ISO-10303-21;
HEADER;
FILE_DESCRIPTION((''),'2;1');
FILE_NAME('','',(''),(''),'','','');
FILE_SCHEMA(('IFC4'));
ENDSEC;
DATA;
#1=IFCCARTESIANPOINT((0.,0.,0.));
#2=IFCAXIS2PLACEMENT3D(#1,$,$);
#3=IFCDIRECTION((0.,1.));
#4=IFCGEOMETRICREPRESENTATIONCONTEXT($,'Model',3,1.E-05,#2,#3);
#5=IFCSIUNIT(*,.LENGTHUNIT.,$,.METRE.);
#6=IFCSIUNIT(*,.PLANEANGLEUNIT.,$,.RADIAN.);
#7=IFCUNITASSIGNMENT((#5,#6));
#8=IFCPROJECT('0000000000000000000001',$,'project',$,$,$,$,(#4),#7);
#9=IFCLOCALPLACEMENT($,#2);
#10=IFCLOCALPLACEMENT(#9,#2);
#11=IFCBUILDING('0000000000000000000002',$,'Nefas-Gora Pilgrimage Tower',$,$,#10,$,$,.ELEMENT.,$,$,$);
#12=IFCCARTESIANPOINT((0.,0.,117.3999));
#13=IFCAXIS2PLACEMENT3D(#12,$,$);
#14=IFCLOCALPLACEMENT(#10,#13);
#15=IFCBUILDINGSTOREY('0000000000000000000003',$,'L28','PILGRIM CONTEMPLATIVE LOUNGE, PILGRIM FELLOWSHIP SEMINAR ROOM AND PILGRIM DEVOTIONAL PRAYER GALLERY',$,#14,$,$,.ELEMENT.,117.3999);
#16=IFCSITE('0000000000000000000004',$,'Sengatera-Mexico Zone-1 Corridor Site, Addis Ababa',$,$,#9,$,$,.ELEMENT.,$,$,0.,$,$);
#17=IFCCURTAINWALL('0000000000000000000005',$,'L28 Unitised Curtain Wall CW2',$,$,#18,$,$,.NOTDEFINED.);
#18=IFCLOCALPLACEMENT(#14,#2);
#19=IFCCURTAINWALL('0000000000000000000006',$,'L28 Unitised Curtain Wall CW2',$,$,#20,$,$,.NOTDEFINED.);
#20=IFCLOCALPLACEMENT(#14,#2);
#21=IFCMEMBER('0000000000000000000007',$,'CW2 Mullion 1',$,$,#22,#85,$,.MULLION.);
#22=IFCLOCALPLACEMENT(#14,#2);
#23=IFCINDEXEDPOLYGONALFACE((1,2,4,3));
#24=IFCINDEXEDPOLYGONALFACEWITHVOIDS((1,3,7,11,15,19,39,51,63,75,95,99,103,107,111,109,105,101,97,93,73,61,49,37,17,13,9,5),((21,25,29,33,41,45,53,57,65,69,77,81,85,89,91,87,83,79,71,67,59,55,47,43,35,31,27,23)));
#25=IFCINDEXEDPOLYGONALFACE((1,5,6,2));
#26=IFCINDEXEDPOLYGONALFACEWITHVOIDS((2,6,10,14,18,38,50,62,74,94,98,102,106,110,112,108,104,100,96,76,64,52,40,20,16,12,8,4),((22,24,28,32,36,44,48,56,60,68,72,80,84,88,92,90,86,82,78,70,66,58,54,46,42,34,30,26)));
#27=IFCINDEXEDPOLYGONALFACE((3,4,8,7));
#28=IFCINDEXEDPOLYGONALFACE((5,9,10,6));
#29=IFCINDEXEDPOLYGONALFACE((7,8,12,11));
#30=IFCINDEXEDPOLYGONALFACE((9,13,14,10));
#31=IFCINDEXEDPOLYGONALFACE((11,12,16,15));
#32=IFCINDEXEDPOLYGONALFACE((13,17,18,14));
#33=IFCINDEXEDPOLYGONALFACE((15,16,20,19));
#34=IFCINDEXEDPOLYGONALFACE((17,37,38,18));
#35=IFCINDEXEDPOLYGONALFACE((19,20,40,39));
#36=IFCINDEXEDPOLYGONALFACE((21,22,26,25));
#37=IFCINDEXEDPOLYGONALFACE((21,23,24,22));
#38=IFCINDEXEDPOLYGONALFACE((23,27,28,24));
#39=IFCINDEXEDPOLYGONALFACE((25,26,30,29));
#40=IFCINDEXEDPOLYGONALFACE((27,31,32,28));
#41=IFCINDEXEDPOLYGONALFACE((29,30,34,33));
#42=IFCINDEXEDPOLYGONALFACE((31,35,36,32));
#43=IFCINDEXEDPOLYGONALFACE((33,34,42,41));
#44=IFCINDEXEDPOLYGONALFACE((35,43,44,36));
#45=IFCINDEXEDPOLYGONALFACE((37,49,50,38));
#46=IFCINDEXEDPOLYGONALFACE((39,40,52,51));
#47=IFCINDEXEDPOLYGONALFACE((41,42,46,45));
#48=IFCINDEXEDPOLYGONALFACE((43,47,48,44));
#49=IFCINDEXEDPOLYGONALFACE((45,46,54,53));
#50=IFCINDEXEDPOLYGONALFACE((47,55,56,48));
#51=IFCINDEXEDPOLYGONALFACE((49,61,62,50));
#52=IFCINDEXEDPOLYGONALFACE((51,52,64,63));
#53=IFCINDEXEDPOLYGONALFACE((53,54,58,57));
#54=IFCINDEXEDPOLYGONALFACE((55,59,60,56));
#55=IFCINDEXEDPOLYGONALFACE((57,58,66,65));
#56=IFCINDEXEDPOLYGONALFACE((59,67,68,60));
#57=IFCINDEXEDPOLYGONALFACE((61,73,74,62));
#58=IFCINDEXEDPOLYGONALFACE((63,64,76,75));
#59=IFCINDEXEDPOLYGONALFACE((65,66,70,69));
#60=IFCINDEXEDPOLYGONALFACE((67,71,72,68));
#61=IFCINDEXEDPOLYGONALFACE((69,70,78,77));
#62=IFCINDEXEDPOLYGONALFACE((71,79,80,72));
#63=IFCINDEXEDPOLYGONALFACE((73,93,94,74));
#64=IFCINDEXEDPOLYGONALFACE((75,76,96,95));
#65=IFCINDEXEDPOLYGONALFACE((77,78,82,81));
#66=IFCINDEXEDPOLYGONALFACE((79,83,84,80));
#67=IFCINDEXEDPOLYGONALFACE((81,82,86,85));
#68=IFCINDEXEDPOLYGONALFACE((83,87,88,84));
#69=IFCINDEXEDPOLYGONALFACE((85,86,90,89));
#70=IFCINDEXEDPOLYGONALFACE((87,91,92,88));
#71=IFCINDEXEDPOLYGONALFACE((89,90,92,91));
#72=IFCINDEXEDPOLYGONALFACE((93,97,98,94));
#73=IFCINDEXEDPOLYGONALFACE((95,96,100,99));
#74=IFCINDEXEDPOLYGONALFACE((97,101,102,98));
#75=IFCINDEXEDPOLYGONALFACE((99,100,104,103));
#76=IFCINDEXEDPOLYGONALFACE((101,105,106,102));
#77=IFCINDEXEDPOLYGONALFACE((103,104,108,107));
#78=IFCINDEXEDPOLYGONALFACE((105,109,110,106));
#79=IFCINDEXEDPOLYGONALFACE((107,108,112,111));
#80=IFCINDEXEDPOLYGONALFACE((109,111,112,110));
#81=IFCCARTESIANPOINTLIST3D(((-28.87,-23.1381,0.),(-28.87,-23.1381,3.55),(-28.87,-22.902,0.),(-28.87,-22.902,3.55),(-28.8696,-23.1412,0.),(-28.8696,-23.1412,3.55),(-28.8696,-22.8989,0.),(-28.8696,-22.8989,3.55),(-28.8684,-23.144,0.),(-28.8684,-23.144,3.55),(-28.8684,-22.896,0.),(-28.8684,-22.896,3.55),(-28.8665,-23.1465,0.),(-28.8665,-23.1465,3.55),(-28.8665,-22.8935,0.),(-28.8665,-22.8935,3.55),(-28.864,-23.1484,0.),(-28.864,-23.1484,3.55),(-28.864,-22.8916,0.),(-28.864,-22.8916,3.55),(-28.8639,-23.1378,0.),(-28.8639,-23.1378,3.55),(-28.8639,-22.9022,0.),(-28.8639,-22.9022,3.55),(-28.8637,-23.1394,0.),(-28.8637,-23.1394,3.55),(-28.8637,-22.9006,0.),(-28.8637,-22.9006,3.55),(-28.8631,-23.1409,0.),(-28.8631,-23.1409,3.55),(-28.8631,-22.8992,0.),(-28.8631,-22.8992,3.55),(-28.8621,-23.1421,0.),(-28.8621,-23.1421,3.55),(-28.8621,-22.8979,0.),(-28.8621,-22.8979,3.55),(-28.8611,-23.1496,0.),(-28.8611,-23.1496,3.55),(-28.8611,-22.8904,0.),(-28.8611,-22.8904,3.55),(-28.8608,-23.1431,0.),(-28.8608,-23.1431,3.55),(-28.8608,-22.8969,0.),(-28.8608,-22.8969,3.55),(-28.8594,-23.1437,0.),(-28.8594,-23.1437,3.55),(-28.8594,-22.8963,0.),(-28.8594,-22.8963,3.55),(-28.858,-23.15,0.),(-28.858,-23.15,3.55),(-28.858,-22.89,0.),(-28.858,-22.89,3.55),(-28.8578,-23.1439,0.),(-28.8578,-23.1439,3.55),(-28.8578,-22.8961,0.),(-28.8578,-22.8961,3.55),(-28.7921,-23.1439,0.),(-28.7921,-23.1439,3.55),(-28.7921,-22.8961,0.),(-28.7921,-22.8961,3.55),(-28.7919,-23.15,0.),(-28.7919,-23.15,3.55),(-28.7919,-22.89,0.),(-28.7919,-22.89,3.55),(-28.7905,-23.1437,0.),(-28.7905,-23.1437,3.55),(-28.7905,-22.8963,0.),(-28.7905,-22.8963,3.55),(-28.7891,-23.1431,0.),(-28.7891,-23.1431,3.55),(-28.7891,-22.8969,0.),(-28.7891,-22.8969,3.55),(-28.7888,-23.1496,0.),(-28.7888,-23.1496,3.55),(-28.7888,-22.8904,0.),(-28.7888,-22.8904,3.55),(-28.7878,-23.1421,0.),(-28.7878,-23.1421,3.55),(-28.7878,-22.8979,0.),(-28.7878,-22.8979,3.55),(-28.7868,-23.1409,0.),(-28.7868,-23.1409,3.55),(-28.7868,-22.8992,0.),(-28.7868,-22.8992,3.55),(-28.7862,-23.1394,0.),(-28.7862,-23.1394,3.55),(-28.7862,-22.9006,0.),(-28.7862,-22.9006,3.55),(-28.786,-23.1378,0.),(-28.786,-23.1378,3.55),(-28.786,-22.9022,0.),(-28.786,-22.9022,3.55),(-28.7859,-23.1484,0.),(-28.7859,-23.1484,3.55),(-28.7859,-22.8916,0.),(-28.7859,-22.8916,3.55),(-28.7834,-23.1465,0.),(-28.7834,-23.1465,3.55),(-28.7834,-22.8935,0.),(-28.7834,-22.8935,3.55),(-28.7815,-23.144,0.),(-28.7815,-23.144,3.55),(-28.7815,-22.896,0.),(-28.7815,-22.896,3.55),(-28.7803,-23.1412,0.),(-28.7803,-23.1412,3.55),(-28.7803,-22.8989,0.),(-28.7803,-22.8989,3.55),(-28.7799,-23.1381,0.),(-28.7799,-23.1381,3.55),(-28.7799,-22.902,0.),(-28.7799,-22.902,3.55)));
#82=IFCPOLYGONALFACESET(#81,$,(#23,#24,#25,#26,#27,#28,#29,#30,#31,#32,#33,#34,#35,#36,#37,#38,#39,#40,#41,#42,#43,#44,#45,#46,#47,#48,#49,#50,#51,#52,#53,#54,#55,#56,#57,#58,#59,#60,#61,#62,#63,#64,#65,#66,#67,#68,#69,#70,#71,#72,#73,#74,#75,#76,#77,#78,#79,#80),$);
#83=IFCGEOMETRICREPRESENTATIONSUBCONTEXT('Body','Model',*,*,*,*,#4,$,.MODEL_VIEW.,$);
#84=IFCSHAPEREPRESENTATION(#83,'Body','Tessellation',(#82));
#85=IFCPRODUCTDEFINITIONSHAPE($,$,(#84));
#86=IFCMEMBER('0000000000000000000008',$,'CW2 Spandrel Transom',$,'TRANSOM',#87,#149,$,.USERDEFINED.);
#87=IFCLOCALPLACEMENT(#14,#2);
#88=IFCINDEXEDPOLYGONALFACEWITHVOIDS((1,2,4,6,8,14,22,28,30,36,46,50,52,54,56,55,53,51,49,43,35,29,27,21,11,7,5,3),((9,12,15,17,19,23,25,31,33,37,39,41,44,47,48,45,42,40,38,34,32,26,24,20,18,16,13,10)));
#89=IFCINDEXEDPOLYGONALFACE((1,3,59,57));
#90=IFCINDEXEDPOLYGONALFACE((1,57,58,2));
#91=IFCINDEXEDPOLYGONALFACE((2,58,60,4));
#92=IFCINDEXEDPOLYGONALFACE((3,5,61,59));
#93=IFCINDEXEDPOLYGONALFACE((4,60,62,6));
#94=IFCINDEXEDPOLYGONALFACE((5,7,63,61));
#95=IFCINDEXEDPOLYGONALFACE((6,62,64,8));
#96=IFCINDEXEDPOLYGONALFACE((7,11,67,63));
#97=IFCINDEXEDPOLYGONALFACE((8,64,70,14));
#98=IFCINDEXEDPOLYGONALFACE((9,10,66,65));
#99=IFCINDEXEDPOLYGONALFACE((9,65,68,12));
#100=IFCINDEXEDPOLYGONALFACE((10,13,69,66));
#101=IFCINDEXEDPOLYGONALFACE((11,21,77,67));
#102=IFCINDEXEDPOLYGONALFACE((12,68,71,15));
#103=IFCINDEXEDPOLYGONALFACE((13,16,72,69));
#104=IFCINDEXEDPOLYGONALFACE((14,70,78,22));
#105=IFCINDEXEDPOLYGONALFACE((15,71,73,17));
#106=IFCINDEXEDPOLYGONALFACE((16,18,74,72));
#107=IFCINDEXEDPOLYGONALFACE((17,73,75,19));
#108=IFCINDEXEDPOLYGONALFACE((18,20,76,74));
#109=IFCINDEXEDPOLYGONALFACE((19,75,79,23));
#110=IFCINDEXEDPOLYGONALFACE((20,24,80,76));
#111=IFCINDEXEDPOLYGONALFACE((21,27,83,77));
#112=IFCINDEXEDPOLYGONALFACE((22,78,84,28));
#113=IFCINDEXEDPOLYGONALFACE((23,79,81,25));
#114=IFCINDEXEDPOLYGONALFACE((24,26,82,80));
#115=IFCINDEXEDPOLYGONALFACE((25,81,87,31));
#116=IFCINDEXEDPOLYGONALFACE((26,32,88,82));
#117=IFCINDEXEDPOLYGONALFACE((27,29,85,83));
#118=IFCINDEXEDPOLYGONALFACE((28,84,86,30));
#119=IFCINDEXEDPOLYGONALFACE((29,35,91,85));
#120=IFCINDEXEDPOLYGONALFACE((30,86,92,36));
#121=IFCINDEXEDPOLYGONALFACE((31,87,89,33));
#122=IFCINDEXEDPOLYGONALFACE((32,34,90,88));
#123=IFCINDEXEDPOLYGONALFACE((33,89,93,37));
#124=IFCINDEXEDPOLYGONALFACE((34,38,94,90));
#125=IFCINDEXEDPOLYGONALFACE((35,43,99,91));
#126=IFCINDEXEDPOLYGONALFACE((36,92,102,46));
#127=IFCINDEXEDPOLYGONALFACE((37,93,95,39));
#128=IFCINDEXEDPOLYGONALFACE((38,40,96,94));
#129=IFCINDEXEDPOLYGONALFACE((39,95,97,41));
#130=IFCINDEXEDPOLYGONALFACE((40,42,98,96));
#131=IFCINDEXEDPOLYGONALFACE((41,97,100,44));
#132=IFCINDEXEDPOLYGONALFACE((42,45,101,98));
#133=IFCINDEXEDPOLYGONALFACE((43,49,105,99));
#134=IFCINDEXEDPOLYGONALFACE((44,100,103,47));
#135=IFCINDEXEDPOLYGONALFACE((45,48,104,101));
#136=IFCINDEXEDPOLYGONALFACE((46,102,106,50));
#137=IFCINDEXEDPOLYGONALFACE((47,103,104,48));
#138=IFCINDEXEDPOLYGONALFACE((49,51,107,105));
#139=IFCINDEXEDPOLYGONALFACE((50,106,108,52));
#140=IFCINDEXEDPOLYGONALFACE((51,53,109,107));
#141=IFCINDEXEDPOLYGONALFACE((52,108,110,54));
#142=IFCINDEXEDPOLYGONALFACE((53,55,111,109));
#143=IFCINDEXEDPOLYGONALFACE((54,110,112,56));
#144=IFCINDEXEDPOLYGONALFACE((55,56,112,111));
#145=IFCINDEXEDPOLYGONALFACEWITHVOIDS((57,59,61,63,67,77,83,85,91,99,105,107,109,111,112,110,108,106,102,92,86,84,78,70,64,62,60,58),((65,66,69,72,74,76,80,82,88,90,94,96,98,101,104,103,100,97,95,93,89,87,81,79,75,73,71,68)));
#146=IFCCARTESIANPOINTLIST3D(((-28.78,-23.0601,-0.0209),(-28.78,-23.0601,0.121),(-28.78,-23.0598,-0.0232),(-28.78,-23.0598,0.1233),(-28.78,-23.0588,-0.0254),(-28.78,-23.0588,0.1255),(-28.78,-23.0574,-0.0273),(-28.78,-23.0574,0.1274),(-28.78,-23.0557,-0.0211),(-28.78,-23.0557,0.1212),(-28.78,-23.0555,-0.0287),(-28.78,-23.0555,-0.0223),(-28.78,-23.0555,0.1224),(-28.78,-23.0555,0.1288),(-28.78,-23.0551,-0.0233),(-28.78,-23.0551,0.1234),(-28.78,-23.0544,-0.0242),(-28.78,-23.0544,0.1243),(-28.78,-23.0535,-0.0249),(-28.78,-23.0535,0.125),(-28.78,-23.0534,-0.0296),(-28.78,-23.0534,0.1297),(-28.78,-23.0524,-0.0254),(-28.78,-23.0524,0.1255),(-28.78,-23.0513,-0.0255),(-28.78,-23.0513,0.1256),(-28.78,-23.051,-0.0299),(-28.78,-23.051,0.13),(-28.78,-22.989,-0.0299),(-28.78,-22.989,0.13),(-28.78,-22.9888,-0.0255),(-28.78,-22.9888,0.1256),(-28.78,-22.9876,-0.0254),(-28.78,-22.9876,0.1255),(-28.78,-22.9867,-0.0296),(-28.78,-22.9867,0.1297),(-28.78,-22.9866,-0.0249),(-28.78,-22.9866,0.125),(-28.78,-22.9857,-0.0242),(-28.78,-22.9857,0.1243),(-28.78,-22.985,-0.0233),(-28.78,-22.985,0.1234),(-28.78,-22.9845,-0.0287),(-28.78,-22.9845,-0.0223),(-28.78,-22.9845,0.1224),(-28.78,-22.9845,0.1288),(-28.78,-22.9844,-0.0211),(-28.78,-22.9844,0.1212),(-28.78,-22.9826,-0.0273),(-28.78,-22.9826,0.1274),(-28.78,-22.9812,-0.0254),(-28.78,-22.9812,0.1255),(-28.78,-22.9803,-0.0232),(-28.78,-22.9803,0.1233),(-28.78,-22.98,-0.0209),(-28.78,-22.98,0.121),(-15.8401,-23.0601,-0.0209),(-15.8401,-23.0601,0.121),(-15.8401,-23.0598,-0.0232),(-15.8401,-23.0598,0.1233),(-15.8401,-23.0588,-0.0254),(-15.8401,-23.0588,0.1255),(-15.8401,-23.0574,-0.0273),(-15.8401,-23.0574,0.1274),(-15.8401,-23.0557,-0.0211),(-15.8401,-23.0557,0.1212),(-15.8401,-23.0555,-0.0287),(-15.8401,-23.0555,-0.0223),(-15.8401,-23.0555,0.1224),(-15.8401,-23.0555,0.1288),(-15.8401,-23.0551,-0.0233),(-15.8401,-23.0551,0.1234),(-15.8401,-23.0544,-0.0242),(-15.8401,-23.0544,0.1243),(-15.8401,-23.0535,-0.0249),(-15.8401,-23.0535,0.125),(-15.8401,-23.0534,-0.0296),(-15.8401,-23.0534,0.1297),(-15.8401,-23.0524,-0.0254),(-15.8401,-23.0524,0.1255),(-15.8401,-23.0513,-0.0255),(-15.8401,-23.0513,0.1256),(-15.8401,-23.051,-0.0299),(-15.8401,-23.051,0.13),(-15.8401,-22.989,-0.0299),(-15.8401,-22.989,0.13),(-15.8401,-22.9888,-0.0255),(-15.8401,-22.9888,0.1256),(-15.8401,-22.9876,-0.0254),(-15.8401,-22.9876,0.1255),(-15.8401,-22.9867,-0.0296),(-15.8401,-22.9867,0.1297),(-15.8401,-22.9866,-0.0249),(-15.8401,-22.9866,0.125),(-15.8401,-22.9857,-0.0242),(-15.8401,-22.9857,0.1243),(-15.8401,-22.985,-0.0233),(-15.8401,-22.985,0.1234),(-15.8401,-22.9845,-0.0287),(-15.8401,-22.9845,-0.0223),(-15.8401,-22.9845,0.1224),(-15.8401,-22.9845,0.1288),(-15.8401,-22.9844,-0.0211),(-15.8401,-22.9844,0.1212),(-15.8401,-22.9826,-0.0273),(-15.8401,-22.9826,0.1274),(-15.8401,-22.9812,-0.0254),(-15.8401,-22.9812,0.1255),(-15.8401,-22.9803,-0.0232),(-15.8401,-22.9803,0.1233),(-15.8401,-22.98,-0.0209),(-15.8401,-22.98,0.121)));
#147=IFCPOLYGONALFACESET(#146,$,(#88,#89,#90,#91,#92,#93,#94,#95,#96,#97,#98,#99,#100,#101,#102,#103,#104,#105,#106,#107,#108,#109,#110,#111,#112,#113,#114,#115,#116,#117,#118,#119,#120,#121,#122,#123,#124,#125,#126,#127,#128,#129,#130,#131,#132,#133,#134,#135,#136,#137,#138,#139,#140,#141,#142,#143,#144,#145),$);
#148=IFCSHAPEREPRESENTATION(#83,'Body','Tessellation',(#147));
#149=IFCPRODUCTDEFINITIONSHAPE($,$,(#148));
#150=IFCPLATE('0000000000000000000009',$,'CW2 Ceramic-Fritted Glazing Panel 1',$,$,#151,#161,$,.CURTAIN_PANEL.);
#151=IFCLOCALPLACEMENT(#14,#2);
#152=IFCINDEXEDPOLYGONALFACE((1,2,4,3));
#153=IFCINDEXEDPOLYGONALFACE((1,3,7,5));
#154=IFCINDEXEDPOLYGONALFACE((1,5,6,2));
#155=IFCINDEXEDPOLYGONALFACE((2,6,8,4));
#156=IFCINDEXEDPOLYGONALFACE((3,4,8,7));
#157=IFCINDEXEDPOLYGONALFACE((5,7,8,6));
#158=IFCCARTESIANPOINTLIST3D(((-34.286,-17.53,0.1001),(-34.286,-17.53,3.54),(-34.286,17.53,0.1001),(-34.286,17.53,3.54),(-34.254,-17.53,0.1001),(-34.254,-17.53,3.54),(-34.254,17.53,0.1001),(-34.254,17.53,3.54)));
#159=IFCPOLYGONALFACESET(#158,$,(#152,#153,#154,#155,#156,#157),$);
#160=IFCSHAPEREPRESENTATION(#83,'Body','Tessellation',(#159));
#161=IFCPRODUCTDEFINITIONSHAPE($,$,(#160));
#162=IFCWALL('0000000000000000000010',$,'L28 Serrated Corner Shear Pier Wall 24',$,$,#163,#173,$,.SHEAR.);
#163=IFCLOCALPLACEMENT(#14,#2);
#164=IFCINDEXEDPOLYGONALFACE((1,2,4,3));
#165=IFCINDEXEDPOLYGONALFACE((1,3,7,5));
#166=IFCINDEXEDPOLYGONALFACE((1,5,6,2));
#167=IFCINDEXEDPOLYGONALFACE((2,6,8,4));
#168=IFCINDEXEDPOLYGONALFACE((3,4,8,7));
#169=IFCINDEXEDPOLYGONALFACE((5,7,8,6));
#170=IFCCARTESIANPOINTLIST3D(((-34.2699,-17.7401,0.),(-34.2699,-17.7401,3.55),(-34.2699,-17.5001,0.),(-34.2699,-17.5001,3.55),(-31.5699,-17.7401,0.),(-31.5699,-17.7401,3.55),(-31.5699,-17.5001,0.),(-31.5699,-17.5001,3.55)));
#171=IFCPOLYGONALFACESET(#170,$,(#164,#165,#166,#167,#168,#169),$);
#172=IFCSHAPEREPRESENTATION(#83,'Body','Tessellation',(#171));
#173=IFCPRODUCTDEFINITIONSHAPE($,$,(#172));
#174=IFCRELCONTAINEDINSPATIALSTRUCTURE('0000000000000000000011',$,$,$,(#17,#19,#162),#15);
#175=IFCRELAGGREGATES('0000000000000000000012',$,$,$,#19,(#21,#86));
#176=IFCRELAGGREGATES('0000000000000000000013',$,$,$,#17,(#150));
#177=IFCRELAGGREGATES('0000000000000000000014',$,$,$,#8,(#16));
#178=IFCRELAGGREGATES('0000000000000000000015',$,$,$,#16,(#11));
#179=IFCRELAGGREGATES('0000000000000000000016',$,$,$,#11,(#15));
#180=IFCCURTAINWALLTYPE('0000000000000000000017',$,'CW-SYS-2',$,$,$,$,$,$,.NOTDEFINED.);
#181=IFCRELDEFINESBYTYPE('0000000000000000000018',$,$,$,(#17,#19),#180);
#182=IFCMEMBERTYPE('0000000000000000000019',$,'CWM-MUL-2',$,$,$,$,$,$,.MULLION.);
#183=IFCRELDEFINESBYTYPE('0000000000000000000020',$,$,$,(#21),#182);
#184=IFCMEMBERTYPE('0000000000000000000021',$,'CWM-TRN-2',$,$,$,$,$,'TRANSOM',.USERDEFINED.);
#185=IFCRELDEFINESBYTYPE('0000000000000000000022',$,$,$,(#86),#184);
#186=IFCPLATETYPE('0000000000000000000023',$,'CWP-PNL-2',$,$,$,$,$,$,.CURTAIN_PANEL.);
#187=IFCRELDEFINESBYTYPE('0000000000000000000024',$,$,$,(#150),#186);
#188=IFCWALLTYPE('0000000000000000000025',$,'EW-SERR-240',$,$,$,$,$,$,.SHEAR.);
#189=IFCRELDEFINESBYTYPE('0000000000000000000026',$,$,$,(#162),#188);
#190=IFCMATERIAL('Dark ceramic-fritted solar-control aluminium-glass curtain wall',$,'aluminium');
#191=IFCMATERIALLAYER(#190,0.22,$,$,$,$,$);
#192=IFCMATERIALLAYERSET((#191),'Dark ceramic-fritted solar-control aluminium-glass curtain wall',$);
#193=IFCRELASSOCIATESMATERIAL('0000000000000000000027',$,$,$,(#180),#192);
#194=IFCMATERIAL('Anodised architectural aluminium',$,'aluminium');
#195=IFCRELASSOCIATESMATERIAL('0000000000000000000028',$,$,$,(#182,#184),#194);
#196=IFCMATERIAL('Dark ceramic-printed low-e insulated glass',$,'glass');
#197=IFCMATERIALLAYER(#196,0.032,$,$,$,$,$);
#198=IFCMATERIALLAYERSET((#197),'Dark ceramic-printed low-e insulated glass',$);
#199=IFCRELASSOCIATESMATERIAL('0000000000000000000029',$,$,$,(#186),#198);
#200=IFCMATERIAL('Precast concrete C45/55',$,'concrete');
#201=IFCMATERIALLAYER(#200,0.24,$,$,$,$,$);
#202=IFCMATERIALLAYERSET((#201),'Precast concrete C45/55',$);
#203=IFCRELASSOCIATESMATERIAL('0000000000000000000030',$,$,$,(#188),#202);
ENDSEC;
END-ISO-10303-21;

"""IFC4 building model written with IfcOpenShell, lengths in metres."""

from ifc_helpers import new_model, si_unit, direction, frame, frame_2d, origin, origin_2d, place, context, subcontext, project, spatial, rectangle, hollow_rectangle, extrude, source, transform, mapped, material, layer, layer_set, material_profile, profile_set, type_object, element, aggregate, save


model = new_model("IFC4")

# Units and contexts
model_context = context("Model", 3, precision=1e-05, world=origin(), true_north=direction((0.0, 1.0)))
body_context = subcontext(model_context, "Body", "Model", "MODEL_VIEW")
ifc_project = project(units=[si_unit("LENGTHUNIT", "METRE"), si_unit("PLANEANGLEUNIT", "RADIAN")], contexts=[model_context])

# Site, building, storey
site_placement = place(None, origin())
site = spatial("IfcSite", under=ifc_project, at=site_placement, Name="Sengatera-Mexico Zone-1 Corridor Site, Addis Ababa", CompositionType="ELEMENT", RefElevation=0.0)
building_placement = place(site_placement, origin())
building = spatial("IfcBuilding", under=site, at=building_placement, Name="Nefas-Gora Pilgrimage Tower", CompositionType="ELEMENT")
storey_placement = place(building_placement, frame((0.0, 0.0, 117.3999)))
storey = spatial("IfcBuildingStorey", under=building, at=storey_placement, Name="L28", Description="PILGRIM CONTEMPLATIVE LOUNGE, PILGRIM FELLOWSHIP SEMINAR ROOM AND PILGRIM DEVOTIONAL PRAYER GALLERY", CompositionType="ELEMENT", Elevation=117.3999)

# Curtain wall
ifc_material_1 = material(Name="Dark ceramic-fritted solar-control aluminium-glass curtain wall", Category="aluminium")
ifc_layer_1 = layer(ifc_material_1, 0.22)
ifc_layer_set_1 = layer_set([ifc_layer_1], Name="Dark ceramic-fritted solar-control aluminium-glass curtain wall")
curtain_wall_type = type_object("IfcCurtainWallType", Name="CW-SYS-2", PredefinedType="NOTDEFINED", material=ifc_layer_set_1)
curtain_wall_1_placement = place(storey_placement, origin())
curtain_wall_1 = element("IfcCurtainWall", 1, at=curtain_wall_1_placement, inside=storey, type_object=curtain_wall_type, Name="L28 Unitised Curtain Wall CW2", PredefinedType="NOTDEFINED")
ifc_material_2 = material(Name="Anodised architectural aluminium", Category="aluminium")
ifc_material_profile_1 = material_profile(ifc_material_2, hollow_rectangle(XDim=0.0901, YDim=0.26, WallThickness=0.0061, InnerFilletRadius=0.0061, OuterFilletRadius=0.012, at=origin_2d()), Name="ALU MULLION 90x260")
ifc_profile_set_1 = profile_set([ifc_material_profile_1], Name="Anodised architectural aluminium")
member_type_1 = type_object("IfcMemberType", Name="CWM-MUL-2", PredefinedType="MULLION", material=ifc_profile_set_1)
shared_shape_1 = source(origin(), body_context, "Body", "SweptSolid", [
    extrude(hollow_rectangle(XDim=0.0901, YDim=0.26, WallThickness=0.0061, InnerFilletRadius=0.0061, OuterFilletRadius=0.012, at=origin_2d()), origin(), (0.0, 0.0, 1.0), 3.55),
])

# Curtain wall, members
curtain_wall_2_placement = place(storey_placement, origin())
curtain_wall_2 = element("IfcCurtainWall", 2, at=curtain_wall_2_placement, inside=storey, type_object=curtain_wall_type, Name="L28 Unitised Curtain Wall CW2", PredefinedType="NOTDEFINED")
member_1_placement = place(storey_placement, frame((-28.825, -23.02, 0.0), z_axis=(0.0, 0.0, 1.0), x_axis=(1.0, 0.0, 0.0)))
member_1 = element("IfcMember", 3, at=member_1_placement, type_object=member_type_1, Name="CW2 Mullion 1", PredefinedType="MULLION", context=body_context, shape_type="MappedRepresentation", body=[
    mapped(shared_shape_1, transform((0.0, 0.0, 0.0), x_axis=(1.0, 0.0, 0.0), y_axis=(0.0, 1.0, 0.0), z_axis=(0.0, 0.0, 1.0), scale=1.0)),
])
ifc_material_profile_2 = material_profile(ifc_material_2, hollow_rectangle(XDim=0.0801, YDim=0.1599, WallThickness=0.0044, InnerFilletRadius=0.0044, OuterFilletRadius=0.009, at=origin_2d()), Name="ALU TRANSOM 80x160")
ifc_profile_set_2 = profile_set([ifc_material_profile_2], Name="Anodised architectural aluminium")
member_type_2 = type_object("IfcMemberType", Name="CWM-TRN-2", ElementType="TRANSOM", PredefinedType="USERDEFINED", material=ifc_profile_set_2)
shared_shape_2 = source(origin(), body_context, "Body", "SweptSolid", [
    extrude(hollow_rectangle(XDim=0.0801, YDim=0.1599, WallThickness=0.0044, InnerFilletRadius=0.0044, OuterFilletRadius=0.009, at=origin_2d()), origin(), (0.0, 0.0, 1.0), 12.9399),
])
member_2_placement = place(storey_placement, frame((-28.78, -23.02, 0.05), z_axis=(1.0, 0.0, 0.0), x_axis=(0.0, 1.0, 0.0)))
member_2 = element("IfcMember", 4, at=member_2_placement, type_object=member_type_2, Name="CW2 Spandrel Transom", ObjectType="TRANSOM", PredefinedType="USERDEFINED", context=body_context, shape_type="MappedRepresentation", body=[
    mapped(shared_shape_2, transform((0.0, 0.0, 0.0), x_axis=(1.0, 0.0, 0.0), y_axis=(0.0, 1.0, 0.0), z_axis=(0.0, 0.0, 1.0), scale=1.0)),
])
aggregate(curtain_wall_2, [member_1, member_2])

# Plate
ifc_material_3 = material(Name="Dark ceramic-printed low-e insulated glass", Category="glass")
ifc_layer_2 = layer(ifc_material_3, 0.032)
ifc_layer_set_2 = layer_set([ifc_layer_2], Name="Dark ceramic-printed low-e insulated glass")
plate_type = type_object("IfcPlateType", Name="CWP-PNL-2", PredefinedType="CURTAIN_PANEL", material=ifc_layer_set_2)
shared_shape_3 = source(origin(), body_context, "Body", "SweptSolid", [
    extrude(rectangle(XDim=35.0601, YDim=0.032, at=origin_2d()), origin(), (0.0, 0.0, 1.0), 3.4399),
])
plate_placement = place(storey_placement, frame((-34.27, 0.0, 0.1001), z_axis=(0.0, 0.0, 1.0), x_axis=(0.0, -1.0, 0.0)))
plate = element("IfcPlate", 5, at=plate_placement, type_object=plate_type, Name="CW2 Ceramic-Fritted Glazing Panel 1", PredefinedType="CURTAIN_PANEL", context=body_context, shape_type="MappedRepresentation", body=[
    mapped(shared_shape_3, transform((0.0, 0.0, 0.0), x_axis=(1.0, 0.0, 0.0), y_axis=(0.0, 1.0, 0.0), z_axis=(0.0, 0.0, 1.0), scale=1.0)),
])
aggregate(curtain_wall_1, [plate])

# Wall
ifc_material_4 = material(Name="Precast concrete C45/55", Category="concrete")
ifc_layer_3 = layer(ifc_material_4, 0.24)
ifc_layer_set_3 = layer_set([ifc_layer_3], Name="Precast concrete C45/55")
wall_type_1 = type_object("IfcWallType", Name="EW-SERR-240", PredefinedType="SHEAR", material=ifc_layer_set_3)
shared_shape_4 = source(origin(), body_context, "Body", "SweptSolid", [
    extrude(rectangle(XDim=2.7, YDim=0.24, at=frame_2d((1.3501, 0.0))), origin(), (0.0, 0.0, 1.0), 3.55),
])
wall_1_placement = place(storey_placement, frame((-34.27, -17.6201, 0.0), z_axis=(0.0, 0.0, 1.0), x_axis=(1.0, 0.0, 0.0)))
element("IfcWall", 6, at=wall_1_placement, inside=storey, type_object=wall_type_1, Name="L28 Serrated Corner Shear Pier Wall 24", PredefinedType="SHEAR", context=body_context, shape_type="MappedRepresentation", body=[
    mapped(shared_shape_4, transform((0.0, 0.0, 0.0), x_axis=(1.0, 0.0, 0.0), y_axis=(0.0, 1.0, 0.0), z_axis=(0.0, 0.0, 1.0), scale=1.0)),
])

save(model, "model.ifc")
